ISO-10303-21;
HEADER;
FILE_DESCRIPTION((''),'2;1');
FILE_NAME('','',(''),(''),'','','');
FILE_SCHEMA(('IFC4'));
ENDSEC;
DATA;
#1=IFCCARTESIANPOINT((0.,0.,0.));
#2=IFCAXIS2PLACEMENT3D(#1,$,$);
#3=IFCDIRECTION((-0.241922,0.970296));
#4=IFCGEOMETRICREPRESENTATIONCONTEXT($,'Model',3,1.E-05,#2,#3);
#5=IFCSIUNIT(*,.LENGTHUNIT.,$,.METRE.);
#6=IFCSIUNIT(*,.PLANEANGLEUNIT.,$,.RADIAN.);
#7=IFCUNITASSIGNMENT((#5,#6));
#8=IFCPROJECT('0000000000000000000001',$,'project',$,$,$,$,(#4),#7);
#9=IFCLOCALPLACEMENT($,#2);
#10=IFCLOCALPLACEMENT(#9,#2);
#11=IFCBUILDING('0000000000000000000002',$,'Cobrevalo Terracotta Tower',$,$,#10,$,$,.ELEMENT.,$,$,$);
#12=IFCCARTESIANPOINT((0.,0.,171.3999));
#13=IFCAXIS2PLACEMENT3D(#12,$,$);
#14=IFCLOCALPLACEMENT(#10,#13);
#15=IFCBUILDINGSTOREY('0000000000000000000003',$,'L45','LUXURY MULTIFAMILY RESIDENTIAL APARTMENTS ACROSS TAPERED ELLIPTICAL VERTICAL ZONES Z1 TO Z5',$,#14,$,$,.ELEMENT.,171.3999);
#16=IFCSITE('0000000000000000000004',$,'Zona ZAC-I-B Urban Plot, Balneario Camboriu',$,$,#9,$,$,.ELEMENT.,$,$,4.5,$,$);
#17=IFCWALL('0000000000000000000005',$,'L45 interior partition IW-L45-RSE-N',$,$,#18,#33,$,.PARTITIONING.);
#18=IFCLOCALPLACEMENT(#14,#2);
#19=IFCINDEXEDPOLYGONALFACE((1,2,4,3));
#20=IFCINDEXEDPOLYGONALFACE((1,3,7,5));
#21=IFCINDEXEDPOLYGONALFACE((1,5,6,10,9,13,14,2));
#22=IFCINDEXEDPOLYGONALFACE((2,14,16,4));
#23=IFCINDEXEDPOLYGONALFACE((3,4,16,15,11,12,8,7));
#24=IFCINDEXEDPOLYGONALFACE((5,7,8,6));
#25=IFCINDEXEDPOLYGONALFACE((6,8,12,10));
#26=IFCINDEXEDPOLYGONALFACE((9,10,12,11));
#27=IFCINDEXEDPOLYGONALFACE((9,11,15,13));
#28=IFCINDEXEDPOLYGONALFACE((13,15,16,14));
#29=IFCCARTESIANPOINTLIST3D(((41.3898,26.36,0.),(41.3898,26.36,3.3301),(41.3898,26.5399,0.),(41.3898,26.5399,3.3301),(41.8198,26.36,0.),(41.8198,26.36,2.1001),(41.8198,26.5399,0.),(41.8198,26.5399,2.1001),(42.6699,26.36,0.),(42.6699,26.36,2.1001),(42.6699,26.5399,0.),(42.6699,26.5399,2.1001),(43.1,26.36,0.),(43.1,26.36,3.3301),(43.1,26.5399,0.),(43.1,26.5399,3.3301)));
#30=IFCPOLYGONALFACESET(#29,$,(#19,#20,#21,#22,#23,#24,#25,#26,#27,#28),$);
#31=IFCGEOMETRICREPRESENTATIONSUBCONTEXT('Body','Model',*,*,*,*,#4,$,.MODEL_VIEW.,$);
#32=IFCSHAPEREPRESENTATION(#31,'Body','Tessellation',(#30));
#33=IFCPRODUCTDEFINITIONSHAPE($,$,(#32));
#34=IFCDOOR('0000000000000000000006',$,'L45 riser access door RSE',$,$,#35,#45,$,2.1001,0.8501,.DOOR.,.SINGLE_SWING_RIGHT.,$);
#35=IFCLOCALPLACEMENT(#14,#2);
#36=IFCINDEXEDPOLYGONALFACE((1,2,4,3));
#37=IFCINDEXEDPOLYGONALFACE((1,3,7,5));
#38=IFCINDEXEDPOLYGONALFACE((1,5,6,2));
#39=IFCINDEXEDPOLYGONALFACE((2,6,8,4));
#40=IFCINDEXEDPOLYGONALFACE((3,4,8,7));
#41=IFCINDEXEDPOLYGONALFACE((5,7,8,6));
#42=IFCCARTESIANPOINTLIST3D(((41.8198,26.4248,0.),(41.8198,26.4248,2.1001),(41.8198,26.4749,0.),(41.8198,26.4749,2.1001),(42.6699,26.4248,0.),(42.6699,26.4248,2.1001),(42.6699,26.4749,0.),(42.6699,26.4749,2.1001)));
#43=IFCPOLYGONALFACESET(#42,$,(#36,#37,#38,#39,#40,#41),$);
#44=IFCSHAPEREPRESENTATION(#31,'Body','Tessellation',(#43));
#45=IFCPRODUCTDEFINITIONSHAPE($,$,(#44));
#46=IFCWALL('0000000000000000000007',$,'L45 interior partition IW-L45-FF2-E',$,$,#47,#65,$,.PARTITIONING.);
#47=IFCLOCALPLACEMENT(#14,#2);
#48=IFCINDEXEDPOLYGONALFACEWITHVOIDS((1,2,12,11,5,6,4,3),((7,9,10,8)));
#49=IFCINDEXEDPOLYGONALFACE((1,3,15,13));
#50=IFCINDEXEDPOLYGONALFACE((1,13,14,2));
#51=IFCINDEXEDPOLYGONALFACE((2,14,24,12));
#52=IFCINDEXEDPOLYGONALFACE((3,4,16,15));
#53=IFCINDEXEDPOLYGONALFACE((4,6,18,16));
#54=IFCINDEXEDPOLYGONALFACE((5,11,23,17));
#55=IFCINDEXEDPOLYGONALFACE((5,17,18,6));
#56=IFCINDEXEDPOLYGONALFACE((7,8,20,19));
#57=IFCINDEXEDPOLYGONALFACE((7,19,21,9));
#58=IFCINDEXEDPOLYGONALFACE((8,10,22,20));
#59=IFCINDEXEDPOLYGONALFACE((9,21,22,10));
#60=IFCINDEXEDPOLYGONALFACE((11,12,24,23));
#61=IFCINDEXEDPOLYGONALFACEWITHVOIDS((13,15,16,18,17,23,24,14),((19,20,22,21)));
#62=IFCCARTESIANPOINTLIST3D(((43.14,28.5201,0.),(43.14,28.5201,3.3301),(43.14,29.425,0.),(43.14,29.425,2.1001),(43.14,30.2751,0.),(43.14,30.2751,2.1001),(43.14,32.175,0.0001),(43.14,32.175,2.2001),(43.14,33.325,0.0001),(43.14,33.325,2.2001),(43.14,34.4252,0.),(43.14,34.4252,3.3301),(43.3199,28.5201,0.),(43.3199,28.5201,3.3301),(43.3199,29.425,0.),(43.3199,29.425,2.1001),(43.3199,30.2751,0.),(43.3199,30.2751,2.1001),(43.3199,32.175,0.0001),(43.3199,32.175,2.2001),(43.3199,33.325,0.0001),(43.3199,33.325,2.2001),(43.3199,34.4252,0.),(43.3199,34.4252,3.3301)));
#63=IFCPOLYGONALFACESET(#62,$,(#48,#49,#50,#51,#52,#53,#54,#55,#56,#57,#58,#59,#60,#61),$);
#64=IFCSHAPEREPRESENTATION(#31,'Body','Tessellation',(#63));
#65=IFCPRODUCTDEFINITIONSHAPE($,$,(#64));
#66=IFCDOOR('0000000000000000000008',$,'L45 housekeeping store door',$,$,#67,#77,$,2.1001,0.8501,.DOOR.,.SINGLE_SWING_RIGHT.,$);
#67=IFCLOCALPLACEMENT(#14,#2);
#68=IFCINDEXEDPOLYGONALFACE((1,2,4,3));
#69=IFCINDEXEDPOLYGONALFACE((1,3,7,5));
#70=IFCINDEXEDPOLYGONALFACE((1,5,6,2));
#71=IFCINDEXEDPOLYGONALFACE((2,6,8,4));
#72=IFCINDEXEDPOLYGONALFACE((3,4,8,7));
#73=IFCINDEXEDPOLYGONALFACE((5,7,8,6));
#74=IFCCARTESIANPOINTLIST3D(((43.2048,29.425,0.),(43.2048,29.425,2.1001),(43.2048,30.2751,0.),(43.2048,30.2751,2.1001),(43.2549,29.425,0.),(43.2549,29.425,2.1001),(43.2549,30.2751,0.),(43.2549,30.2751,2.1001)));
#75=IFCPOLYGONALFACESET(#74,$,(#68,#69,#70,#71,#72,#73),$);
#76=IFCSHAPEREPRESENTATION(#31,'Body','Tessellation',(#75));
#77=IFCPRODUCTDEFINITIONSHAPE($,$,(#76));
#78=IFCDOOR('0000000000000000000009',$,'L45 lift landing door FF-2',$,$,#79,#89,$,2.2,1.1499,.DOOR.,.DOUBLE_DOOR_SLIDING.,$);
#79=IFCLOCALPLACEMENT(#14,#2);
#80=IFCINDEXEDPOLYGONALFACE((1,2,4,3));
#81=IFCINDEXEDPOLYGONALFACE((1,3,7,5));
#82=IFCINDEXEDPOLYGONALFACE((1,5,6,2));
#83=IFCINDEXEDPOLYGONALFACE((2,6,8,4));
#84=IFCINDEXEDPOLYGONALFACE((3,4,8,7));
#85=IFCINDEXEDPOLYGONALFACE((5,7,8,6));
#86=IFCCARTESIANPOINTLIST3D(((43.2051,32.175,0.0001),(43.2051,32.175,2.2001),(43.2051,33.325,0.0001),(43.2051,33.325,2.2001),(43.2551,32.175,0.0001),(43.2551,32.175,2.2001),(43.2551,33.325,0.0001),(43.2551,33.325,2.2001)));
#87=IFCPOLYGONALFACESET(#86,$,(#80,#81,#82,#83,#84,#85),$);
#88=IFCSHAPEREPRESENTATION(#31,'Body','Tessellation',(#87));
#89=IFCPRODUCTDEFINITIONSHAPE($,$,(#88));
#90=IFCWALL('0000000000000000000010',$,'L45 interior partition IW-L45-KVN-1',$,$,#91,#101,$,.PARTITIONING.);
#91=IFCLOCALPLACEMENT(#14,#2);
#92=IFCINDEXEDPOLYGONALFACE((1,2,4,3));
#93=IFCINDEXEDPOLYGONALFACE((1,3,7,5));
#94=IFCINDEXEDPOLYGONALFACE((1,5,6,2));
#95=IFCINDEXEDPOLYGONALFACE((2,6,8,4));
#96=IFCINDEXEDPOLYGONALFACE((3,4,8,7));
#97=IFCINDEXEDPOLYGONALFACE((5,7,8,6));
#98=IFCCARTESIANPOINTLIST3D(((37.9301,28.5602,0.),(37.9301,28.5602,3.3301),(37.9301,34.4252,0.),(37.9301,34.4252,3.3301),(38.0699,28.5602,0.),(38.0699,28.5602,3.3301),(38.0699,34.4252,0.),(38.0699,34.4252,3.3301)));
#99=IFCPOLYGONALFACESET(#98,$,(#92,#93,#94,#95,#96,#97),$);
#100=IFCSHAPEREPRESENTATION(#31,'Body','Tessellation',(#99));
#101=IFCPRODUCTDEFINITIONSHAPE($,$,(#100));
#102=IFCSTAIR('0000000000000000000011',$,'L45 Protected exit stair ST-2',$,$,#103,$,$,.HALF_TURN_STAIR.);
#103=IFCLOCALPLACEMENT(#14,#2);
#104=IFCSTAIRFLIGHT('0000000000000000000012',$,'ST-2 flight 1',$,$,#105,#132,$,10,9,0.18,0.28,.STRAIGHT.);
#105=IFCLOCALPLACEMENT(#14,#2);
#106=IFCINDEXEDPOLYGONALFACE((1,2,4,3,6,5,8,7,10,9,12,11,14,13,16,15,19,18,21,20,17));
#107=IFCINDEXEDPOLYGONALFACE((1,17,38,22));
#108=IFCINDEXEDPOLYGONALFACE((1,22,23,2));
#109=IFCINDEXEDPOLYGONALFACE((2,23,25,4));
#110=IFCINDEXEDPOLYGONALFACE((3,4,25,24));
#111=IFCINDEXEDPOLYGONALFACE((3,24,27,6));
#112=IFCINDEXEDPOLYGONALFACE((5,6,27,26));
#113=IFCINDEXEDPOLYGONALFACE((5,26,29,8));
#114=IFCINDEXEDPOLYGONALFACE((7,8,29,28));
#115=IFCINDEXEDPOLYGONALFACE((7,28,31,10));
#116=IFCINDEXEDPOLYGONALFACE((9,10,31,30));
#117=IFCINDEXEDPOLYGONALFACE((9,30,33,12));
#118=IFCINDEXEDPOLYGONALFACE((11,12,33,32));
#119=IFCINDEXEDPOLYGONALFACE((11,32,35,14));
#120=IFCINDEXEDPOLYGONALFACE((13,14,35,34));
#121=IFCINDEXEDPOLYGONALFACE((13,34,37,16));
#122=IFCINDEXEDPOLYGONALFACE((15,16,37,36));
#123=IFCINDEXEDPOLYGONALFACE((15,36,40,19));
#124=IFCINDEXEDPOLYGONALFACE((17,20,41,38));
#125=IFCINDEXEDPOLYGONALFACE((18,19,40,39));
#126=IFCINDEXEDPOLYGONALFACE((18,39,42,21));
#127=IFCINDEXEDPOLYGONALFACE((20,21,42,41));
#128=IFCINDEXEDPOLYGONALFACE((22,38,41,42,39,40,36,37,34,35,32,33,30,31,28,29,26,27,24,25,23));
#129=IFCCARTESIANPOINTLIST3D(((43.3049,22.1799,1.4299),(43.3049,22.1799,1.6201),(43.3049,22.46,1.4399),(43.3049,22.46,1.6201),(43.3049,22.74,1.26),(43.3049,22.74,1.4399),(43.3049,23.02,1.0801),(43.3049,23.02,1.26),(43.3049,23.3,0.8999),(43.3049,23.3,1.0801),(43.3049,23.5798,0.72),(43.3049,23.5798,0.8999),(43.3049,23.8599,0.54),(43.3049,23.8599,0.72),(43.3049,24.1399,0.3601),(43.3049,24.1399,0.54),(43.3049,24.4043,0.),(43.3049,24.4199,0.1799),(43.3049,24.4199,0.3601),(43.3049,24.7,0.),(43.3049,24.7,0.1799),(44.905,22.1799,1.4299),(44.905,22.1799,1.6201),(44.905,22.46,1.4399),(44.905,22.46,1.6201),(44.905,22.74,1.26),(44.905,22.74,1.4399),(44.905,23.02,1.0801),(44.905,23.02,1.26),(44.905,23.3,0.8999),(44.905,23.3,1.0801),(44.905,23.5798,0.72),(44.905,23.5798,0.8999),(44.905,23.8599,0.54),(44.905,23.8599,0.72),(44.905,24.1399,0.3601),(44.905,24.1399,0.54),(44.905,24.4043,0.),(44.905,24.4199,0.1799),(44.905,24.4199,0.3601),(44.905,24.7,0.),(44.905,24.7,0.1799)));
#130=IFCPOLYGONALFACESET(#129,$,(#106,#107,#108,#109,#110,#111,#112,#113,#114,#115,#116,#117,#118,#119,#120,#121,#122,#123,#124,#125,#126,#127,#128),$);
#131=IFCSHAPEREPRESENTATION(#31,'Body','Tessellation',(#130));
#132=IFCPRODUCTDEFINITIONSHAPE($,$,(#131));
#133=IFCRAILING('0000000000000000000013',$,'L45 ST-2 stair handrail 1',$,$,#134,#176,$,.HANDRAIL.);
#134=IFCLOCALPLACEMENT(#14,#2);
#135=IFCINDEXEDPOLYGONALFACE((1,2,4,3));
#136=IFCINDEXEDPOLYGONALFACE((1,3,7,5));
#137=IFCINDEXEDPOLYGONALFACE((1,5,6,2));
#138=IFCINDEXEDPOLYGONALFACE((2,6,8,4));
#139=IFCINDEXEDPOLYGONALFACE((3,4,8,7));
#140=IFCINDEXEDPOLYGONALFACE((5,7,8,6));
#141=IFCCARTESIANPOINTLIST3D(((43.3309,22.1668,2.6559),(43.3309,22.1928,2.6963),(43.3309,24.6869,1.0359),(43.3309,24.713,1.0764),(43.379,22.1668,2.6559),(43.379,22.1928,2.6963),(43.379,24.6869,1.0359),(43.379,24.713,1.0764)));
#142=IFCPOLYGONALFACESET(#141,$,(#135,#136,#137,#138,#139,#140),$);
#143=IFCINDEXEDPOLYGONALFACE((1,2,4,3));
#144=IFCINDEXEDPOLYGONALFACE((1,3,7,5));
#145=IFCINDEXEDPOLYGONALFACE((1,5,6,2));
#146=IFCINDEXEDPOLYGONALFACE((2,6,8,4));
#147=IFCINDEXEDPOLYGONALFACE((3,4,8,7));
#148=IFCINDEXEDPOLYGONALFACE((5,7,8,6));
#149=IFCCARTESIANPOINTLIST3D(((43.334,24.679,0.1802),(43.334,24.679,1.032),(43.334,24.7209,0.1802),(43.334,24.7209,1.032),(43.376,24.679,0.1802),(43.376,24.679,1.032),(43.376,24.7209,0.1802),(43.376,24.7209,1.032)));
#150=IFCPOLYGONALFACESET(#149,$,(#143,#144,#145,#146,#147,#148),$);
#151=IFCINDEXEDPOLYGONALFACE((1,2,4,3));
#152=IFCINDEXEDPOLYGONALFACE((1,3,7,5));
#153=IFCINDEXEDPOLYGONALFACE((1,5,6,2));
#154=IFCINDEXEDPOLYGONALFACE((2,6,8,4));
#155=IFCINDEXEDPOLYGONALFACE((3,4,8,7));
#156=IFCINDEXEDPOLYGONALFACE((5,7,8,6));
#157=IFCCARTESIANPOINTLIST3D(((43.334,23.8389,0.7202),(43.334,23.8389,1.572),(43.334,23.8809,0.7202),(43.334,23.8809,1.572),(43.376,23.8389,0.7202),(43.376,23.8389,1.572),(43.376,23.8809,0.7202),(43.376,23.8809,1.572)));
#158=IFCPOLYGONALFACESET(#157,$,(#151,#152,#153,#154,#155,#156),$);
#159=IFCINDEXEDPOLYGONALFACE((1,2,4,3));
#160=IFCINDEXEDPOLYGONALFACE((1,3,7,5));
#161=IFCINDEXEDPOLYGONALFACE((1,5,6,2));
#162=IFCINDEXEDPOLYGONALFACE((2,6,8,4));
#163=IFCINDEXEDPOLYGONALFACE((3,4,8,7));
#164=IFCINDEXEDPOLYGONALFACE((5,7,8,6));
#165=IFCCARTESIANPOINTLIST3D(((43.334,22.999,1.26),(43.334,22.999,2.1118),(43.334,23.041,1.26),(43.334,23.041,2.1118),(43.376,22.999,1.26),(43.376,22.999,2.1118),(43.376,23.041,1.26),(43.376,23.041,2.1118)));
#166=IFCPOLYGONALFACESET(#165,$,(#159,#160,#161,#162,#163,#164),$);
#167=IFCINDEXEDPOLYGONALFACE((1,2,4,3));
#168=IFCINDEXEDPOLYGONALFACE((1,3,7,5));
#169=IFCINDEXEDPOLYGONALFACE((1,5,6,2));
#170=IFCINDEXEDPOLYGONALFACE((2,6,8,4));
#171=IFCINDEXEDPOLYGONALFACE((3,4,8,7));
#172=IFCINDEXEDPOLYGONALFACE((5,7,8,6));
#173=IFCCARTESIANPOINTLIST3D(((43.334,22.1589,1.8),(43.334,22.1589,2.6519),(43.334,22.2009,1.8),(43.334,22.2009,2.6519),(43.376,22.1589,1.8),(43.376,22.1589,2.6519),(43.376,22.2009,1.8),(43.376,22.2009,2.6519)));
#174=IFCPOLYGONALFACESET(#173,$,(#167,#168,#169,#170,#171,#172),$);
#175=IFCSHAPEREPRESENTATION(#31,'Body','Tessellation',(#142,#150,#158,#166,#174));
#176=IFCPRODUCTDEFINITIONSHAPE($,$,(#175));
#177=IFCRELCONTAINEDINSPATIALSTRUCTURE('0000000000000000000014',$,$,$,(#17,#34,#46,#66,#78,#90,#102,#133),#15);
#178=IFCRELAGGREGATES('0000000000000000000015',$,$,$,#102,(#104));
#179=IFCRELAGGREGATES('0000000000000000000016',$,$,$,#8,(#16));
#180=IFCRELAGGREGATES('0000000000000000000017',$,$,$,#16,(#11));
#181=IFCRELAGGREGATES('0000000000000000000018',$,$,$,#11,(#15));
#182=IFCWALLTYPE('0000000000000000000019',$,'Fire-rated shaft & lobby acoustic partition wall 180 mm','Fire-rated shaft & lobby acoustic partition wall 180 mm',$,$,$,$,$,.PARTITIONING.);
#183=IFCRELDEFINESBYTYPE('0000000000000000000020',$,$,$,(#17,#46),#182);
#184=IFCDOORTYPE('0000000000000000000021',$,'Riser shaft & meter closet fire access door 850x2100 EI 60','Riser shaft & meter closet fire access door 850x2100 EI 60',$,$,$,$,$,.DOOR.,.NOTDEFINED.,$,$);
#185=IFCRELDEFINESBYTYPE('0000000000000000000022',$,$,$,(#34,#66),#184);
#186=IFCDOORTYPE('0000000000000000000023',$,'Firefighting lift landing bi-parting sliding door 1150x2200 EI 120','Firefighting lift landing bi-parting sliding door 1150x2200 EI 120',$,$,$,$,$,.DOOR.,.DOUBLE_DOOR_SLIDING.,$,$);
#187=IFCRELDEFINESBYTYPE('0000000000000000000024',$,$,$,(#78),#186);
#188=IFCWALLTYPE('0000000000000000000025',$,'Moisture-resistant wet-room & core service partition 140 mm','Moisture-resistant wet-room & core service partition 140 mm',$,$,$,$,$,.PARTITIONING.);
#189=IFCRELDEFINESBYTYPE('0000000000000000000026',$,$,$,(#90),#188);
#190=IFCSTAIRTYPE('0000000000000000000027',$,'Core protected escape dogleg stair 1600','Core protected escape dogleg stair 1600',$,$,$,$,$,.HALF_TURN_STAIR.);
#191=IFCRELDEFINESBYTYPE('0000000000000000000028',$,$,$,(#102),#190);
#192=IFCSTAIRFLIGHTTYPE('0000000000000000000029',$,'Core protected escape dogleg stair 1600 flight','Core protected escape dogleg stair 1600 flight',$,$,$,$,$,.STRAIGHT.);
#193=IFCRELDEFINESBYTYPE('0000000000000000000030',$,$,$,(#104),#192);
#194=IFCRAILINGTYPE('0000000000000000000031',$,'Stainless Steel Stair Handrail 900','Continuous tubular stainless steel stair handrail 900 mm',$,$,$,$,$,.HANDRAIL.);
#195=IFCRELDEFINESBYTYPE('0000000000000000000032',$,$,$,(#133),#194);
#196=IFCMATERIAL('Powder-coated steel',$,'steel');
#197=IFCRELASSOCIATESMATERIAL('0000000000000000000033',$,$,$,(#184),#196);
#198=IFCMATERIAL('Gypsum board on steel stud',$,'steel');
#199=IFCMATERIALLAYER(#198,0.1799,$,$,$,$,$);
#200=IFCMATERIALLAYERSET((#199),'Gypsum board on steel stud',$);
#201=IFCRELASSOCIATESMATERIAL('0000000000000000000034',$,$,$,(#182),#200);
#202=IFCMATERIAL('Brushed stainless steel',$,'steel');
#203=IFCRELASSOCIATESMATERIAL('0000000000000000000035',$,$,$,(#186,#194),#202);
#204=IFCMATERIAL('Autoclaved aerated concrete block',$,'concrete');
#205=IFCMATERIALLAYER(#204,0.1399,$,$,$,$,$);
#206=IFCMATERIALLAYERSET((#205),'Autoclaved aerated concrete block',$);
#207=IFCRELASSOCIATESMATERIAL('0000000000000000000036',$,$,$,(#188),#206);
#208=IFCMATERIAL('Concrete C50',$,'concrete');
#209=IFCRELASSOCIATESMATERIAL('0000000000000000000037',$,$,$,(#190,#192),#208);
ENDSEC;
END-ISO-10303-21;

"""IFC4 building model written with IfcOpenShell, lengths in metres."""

from ifc_helpers import new_model, si_unit, direction, frame, frame_2d, origin, origin_2d, place, context, subcontext, project, spatial, polyline, rectangle, outline, extrude, source, transform, mapped, material, layer, layer_set, type_object, element, fill, aggregate, save


model = new_model("IFC4")

# Units and contexts
model_context = context("Model", 3, precision=1e-05, world=origin(), true_north=direction((-0.241922, 0.970296)))
body_context = subcontext(model_context, "Body", "Model", "MODEL_VIEW")
ifc_project = project(units=[si_unit("LENGTHUNIT", "METRE"), si_unit("PLANEANGLEUNIT", "RADIAN")], contexts=[model_context])

# Site, building, storey
site_placement = place(None, origin())
site = spatial("IfcSite", under=ifc_project, at=site_placement, Name="Zona ZAC-I-B Urban Plot, Balneario Camboriu", CompositionType="ELEMENT", RefElevation=4.5)
building_placement = place(site_placement, origin())
building = spatial("IfcBuilding", under=site, at=building_placement, Name="Cobrevalo Terracotta Tower", CompositionType="ELEMENT")
storey_placement = place(building_placement, frame((0.0, 0.0, 171.3999)))
storey = spatial("IfcBuildingStorey", under=building, at=storey_placement, Name="L45", Description="LUXURY MULTIFAMILY RESIDENTIAL APARTMENTS ACROSS TAPERED ELLIPTICAL VERTICAL ZONES Z1 TO Z5", CompositionType="ELEMENT", Elevation=171.3999)

# Shared definitions
ifc_material_1 = material(Name="Gypsum board on steel stud", Category="steel")

# Shared definitions
ifc_material_2 = material(Name="Powder-coated steel", Category="steel")
door_type_1 = type_object("IfcDoorType", Name="Riser shaft & meter closet fire access door 850x2100 EI 60", Description="Riser shaft & meter closet fire access door 850x2100 EI 60", OperationType="NOTDEFINED", PredefinedType="DOOR", material=ifc_material_2)
shared_shape_1 = source(origin(), body_context, "Body", "SweptSolid", [
    extrude(rectangle(XDim=0.8501, YDim=2.1001, at=frame_2d((0.425, 1.05))), frame((0.0, 0.0249, 0.0), z_axis=(0.0, -1.0, 0.0), x_axis=(1.0, 0.0, 0.0)), (0.0, 0.0, 1.0), 0.05),
])
ifc_material_3 = material(Name="Brushed stainless steel", Category="steel")

# Wall, opening, door
ifc_layer_1 = layer(ifc_material_1, 0.1799)
ifc_layer_set_1 = layer_set([ifc_layer_1], Name="Gypsum board on steel stud")
wall_type_1 = type_object("IfcWallType", Name="Fire-rated shaft & lobby acoustic partition wall 180 mm", Description="Fire-rated shaft & lobby acoustic partition wall 180 mm", PredefinedType="PARTITIONING", material=ifc_layer_set_1)
wall_1_placement = place(storey_placement, frame((41.3899, 26.45, 0.0), z_axis=(0.0, 0.0, 1.0), x_axis=(1.0, 0.0, 0.0)))
wall_1 = element("IfcWall", 1, at=wall_1_placement, inside=storey, type_object=wall_type_1, Name="L45 interior partition IW-L45-RSE-N", PredefinedType="PARTITIONING", context=body_context, shape_type="SweptSolid", body=[
    extrude(rectangle(XDim=1.7102, YDim=0.1799, at=frame_2d((0.855, 0.0))), origin(), (0.0, 0.0, 1.0), 3.3301),
])
opening_1_placement = place(wall_1_placement, frame((0.4299, 0.0, 0.0)))
opening_1 = element("IfcOpeningElement", 2, at=opening_1_placement, cuts=wall_1, PredefinedType="OPENING", context=body_context, shape_type="SweptSolid", body=[
    extrude(rectangle(XDim=0.8501, YDim=2.1001, at=frame_2d((0.425, 1.05))), frame((0.0, 0.1001, 0.0), z_axis=(0.0, -1.0, 0.0), x_axis=(1.0, 0.0, 0.0)), (0.0, 0.0, 1.0), 0.2),
])
door_1_placement = place(opening_1_placement, origin())
door_1 = element("IfcDoor", 3, at=door_1_placement, inside=storey, type_object=door_type_1, Name="L45 riser access door RSE", OperationType="SINGLE_SWING_RIGHT", OverallHeight=2.1001, OverallWidth=0.8501, PredefinedType="DOOR", context=body_context, shape_type="MappedRepresentation", body=[
    mapped(shared_shape_1, transform((0.0, 0.0, 0.0), scale=1.0)),
])
fill(opening_1, door_1)

# Wall, openings, doors
wall_2_placement = place(storey_placement, frame((43.23, 28.52, 0.0), z_axis=(0.0, 0.0, 1.0), x_axis=(0.0, 1.0, 0.0)))
wall_2 = element("IfcWall", 4, at=wall_2_placement, inside=storey, type_object=wall_type_1, Name="L45 interior partition IW-L45-FF2-E", PredefinedType="PARTITIONING", context=body_context, shape_type="SweptSolid", body=[
    extrude(rectangle(XDim=5.905, YDim=0.1799, at=frame_2d((2.9526, 0.0))), origin(), (0.0, 0.0, 1.0), 3.3301),
])
opening_2_placement = place(wall_2_placement, frame((0.905, 0.0, 0.0)))
opening_2 = element("IfcOpeningElement", 5, at=opening_2_placement, cuts=wall_2, PredefinedType="OPENING", context=body_context, shape_type="SweptSolid", body=[
    extrude(rectangle(XDim=0.8501, YDim=2.1001, at=frame_2d((0.425, 1.05))), frame((0.0, 0.1001, 0.0), z_axis=(0.0, -1.0, 0.0), x_axis=(1.0, 0.0, 0.0)), (0.0, 0.0, 1.0), 0.2),
])
opening_3_placement = place(wall_2_placement, frame((3.655, 0.0, 0.0)))
opening_3 = element("IfcOpeningElement", 6, at=opening_3_placement, cuts=wall_2, PredefinedType="OPENING", context=body_context, shape_type="SweptSolid", body=[
    extrude(rectangle(XDim=1.1499, YDim=2.2, at=frame_2d((0.575, 1.1001))), frame((0.0, 0.1001, 0.0), z_axis=(0.0, -1.0, 0.0), x_axis=(1.0, 0.0, 0.0)), (0.0, 0.0, 1.0), 0.2),
])
door_2_placement = place(opening_2_placement, frame((0.8501, 0.0, 0.0), z_axis=(0.0, 0.0, 1.0), x_axis=(-1.0, 0.0, 0.0)))
door_2 = element("IfcDoor", 7, at=door_2_placement, inside=storey, type_object=door_type_1, Name="L45 housekeeping store door", OperationType="SINGLE_SWING_RIGHT", OverallHeight=2.1001, OverallWidth=0.8501, PredefinedType="DOOR", context=body_context, shape_type="MappedRepresentation", body=[
    mapped(shared_shape_1, transform((0.0, 0.0, 0.0), scale=1.0)),
])
fill(opening_2, door_2)
door_type_2 = type_object("IfcDoorType", Name="Firefighting lift landing bi-parting sliding door 1150x2200 EI 120", Description="Firefighting lift landing bi-parting sliding door 1150x2200 EI 120", OperationType="DOUBLE_DOOR_SLIDING", PredefinedType="DOOR", material=ifc_material_3)
shared_shape_2 = source(origin(), body_context, "Body", "SweptSolid", [
    extrude(rectangle(XDim=1.1499, YDim=2.2, at=frame_2d((0.575, 1.1001))), frame((0.0, 0.0249, 0.0), z_axis=(0.0, -1.0, 0.0), x_axis=(1.0, 0.0, 0.0)), (0.0, 0.0, 1.0), 0.05),
])
door_3_placement = place(opening_3_placement, origin())
door_3 = element("IfcDoor", 8, at=door_3_placement, inside=storey, type_object=door_type_2, Name="L45 lift landing door FF-2", OperationType="DOUBLE_DOOR_SLIDING", OverallHeight=2.2, OverallWidth=1.1499, PredefinedType="DOOR", context=body_context, shape_type="MappedRepresentation", body=[
    mapped(shared_shape_2, transform((0.0, 0.0, 0.0), scale=1.0)),
])
fill(opening_3, door_3)

# Wall
ifc_material_4 = material(Name="Autoclaved aerated concrete block", Category="concrete")
ifc_layer_2 = layer(ifc_material_4, 0.1399)
ifc_layer_set_2 = layer_set([ifc_layer_2], Name="Autoclaved aerated concrete block")
wall_type_2 = type_object("IfcWallType", Name="Moisture-resistant wet-room & core service partition 140 mm", Description="Moisture-resistant wet-room & core service partition 140 mm", PredefinedType="PARTITIONING", material=ifc_layer_set_2)
wall_3_placement = place(storey_placement, frame((38.0, 28.5601, 0.0), z_axis=(0.0, 0.0, 1.0), x_axis=(0.0, 1.0, 0.0)))
element("IfcWall", 9, at=wall_3_placement, inside=storey, type_object=wall_type_2, Name="L45 interior partition IW-L45-KVN-1", PredefinedType="PARTITIONING", context=body_context, shape_type="SweptSolid", body=[
    extrude(rectangle(XDim=5.865, YDim=0.1399, at=frame_2d((2.9326, 0.0))), origin(), (0.0, 0.0, 1.0), 3.3301),
])

# Shared definitions
ifc_material_5 = material(Name="Concrete C50", Category="concrete")

# Stair, stair flight
stair_type = type_object("IfcStairType", Name="Core protected escape dogleg stair 1600", Description="Core protected escape dogleg stair 1600", PredefinedType="HALF_TURN_STAIR", material=ifc_material_5)
stair_placement = place(storey_placement, origin())
stair = element("IfcStair", 10, at=stair_placement, inside=storey, type_object=stair_type, Name="L45 Protected exit stair ST-2", PredefinedType="HALF_TURN_STAIR")
stair_flight_type = type_object("IfcStairFlightType", Name="Core protected escape dogleg stair 1600 flight", Description="Core protected escape dogleg stair 1600 flight", PredefinedType="STRAIGHT", material=ifc_material_5)
stair_flight_placement = place(storey_placement, frame((44.105, 24.7, 0.0), z_axis=(0.0, 0.0, 1.0), x_axis=(0.0, -1.0, 0.0)))
stair_flight = element("IfcStairFlight", 11, at=stair_flight_placement, type_object=stair_flight_type, Name="ST-2 flight 1", NumberOfRisers=10, NumberOfTreads=9, PredefinedType="STRAIGHT", RiserHeight=0.18, TreadLength=0.28, context=body_context, shape_type="SweptSolid", body=[
    extrude(outline(polyline([(0.0, 0.0), (0.0, 0.1799), (0.28, 0.1799), (0.28, 0.3601), (0.5601, 0.3601), (0.5601, 0.54), (0.8401, 0.54), (0.8401, 0.72), (1.1201, 0.72), (1.1201, 0.8999), (1.3999, 0.8999), (1.3999, 1.0801), (1.6799, 1.0801), (1.6799, 1.26), (1.96, 1.26), (1.96, 1.4399), (2.24, 1.4399), (2.24, 1.6201), (2.52, 1.6201), (2.52, 1.8), (2.52, 1.4299), (0.2957, 0.0), (0.0, 0.0)])), frame((0.0, 0.8, 0.0), z_axis=(0.0, -1.0, 0.0), x_axis=(1.0, 0.0, 0.0)), (0.0, 0.0, 1.0), 1.6001),
])
aggregate(stair, [stair_flight])

# Railing
railing_type_1 = type_object("IfcRailingType", Name="Stainless Steel Stair Handrail 900", Description="Continuous tubular stainless steel stair handrail 900 mm", PredefinedType="HANDRAIL", material=ifc_material_3)
railing_1_placement = place(storey_placement, frame((43.355, 24.7, 0.1802)))
element("IfcRailing", 12, at=railing_1_placement, inside=storey, type_object=railing_type_1, Name="L45 ST-2 stair handrail 1", PredefinedType="HANDRAIL", context=body_context, shape_type="SweptSolid", body=[
    extrude(rectangle(XDim=0.0481, YDim=0.0481, at=origin_2d()), frame((0.0, 0.0, 0.876), z_axis=(0.0, -0.8412, 0.540725), x_axis=(1.0, 0.0, 0.0)), (0.0, 0.0, 1.0), 2.9958),
    extrude(rectangle(XDim=0.042, YDim=0.042, at=origin_2d()), origin(), (0.0, 0.0, 1.0), 0.8518),
    extrude(rectangle(XDim=0.042, YDim=0.042, at=origin_2d()), frame((0.0, -0.8401, 0.54)), (0.0, 0.0, 1.0), 0.8518),
    extrude(rectangle(XDim=0.042, YDim=0.042, at=origin_2d()), frame((0.0, -1.6799, 1.0798)), (0.0, 0.0, 1.0), 0.8518),
    extrude(rectangle(XDim=0.042, YDim=0.042, at=origin_2d()), frame((0.0, -2.52, 1.6199)), (0.0, 0.0, 1.0), 0.8518),
])

save(model, "model.ifc")
